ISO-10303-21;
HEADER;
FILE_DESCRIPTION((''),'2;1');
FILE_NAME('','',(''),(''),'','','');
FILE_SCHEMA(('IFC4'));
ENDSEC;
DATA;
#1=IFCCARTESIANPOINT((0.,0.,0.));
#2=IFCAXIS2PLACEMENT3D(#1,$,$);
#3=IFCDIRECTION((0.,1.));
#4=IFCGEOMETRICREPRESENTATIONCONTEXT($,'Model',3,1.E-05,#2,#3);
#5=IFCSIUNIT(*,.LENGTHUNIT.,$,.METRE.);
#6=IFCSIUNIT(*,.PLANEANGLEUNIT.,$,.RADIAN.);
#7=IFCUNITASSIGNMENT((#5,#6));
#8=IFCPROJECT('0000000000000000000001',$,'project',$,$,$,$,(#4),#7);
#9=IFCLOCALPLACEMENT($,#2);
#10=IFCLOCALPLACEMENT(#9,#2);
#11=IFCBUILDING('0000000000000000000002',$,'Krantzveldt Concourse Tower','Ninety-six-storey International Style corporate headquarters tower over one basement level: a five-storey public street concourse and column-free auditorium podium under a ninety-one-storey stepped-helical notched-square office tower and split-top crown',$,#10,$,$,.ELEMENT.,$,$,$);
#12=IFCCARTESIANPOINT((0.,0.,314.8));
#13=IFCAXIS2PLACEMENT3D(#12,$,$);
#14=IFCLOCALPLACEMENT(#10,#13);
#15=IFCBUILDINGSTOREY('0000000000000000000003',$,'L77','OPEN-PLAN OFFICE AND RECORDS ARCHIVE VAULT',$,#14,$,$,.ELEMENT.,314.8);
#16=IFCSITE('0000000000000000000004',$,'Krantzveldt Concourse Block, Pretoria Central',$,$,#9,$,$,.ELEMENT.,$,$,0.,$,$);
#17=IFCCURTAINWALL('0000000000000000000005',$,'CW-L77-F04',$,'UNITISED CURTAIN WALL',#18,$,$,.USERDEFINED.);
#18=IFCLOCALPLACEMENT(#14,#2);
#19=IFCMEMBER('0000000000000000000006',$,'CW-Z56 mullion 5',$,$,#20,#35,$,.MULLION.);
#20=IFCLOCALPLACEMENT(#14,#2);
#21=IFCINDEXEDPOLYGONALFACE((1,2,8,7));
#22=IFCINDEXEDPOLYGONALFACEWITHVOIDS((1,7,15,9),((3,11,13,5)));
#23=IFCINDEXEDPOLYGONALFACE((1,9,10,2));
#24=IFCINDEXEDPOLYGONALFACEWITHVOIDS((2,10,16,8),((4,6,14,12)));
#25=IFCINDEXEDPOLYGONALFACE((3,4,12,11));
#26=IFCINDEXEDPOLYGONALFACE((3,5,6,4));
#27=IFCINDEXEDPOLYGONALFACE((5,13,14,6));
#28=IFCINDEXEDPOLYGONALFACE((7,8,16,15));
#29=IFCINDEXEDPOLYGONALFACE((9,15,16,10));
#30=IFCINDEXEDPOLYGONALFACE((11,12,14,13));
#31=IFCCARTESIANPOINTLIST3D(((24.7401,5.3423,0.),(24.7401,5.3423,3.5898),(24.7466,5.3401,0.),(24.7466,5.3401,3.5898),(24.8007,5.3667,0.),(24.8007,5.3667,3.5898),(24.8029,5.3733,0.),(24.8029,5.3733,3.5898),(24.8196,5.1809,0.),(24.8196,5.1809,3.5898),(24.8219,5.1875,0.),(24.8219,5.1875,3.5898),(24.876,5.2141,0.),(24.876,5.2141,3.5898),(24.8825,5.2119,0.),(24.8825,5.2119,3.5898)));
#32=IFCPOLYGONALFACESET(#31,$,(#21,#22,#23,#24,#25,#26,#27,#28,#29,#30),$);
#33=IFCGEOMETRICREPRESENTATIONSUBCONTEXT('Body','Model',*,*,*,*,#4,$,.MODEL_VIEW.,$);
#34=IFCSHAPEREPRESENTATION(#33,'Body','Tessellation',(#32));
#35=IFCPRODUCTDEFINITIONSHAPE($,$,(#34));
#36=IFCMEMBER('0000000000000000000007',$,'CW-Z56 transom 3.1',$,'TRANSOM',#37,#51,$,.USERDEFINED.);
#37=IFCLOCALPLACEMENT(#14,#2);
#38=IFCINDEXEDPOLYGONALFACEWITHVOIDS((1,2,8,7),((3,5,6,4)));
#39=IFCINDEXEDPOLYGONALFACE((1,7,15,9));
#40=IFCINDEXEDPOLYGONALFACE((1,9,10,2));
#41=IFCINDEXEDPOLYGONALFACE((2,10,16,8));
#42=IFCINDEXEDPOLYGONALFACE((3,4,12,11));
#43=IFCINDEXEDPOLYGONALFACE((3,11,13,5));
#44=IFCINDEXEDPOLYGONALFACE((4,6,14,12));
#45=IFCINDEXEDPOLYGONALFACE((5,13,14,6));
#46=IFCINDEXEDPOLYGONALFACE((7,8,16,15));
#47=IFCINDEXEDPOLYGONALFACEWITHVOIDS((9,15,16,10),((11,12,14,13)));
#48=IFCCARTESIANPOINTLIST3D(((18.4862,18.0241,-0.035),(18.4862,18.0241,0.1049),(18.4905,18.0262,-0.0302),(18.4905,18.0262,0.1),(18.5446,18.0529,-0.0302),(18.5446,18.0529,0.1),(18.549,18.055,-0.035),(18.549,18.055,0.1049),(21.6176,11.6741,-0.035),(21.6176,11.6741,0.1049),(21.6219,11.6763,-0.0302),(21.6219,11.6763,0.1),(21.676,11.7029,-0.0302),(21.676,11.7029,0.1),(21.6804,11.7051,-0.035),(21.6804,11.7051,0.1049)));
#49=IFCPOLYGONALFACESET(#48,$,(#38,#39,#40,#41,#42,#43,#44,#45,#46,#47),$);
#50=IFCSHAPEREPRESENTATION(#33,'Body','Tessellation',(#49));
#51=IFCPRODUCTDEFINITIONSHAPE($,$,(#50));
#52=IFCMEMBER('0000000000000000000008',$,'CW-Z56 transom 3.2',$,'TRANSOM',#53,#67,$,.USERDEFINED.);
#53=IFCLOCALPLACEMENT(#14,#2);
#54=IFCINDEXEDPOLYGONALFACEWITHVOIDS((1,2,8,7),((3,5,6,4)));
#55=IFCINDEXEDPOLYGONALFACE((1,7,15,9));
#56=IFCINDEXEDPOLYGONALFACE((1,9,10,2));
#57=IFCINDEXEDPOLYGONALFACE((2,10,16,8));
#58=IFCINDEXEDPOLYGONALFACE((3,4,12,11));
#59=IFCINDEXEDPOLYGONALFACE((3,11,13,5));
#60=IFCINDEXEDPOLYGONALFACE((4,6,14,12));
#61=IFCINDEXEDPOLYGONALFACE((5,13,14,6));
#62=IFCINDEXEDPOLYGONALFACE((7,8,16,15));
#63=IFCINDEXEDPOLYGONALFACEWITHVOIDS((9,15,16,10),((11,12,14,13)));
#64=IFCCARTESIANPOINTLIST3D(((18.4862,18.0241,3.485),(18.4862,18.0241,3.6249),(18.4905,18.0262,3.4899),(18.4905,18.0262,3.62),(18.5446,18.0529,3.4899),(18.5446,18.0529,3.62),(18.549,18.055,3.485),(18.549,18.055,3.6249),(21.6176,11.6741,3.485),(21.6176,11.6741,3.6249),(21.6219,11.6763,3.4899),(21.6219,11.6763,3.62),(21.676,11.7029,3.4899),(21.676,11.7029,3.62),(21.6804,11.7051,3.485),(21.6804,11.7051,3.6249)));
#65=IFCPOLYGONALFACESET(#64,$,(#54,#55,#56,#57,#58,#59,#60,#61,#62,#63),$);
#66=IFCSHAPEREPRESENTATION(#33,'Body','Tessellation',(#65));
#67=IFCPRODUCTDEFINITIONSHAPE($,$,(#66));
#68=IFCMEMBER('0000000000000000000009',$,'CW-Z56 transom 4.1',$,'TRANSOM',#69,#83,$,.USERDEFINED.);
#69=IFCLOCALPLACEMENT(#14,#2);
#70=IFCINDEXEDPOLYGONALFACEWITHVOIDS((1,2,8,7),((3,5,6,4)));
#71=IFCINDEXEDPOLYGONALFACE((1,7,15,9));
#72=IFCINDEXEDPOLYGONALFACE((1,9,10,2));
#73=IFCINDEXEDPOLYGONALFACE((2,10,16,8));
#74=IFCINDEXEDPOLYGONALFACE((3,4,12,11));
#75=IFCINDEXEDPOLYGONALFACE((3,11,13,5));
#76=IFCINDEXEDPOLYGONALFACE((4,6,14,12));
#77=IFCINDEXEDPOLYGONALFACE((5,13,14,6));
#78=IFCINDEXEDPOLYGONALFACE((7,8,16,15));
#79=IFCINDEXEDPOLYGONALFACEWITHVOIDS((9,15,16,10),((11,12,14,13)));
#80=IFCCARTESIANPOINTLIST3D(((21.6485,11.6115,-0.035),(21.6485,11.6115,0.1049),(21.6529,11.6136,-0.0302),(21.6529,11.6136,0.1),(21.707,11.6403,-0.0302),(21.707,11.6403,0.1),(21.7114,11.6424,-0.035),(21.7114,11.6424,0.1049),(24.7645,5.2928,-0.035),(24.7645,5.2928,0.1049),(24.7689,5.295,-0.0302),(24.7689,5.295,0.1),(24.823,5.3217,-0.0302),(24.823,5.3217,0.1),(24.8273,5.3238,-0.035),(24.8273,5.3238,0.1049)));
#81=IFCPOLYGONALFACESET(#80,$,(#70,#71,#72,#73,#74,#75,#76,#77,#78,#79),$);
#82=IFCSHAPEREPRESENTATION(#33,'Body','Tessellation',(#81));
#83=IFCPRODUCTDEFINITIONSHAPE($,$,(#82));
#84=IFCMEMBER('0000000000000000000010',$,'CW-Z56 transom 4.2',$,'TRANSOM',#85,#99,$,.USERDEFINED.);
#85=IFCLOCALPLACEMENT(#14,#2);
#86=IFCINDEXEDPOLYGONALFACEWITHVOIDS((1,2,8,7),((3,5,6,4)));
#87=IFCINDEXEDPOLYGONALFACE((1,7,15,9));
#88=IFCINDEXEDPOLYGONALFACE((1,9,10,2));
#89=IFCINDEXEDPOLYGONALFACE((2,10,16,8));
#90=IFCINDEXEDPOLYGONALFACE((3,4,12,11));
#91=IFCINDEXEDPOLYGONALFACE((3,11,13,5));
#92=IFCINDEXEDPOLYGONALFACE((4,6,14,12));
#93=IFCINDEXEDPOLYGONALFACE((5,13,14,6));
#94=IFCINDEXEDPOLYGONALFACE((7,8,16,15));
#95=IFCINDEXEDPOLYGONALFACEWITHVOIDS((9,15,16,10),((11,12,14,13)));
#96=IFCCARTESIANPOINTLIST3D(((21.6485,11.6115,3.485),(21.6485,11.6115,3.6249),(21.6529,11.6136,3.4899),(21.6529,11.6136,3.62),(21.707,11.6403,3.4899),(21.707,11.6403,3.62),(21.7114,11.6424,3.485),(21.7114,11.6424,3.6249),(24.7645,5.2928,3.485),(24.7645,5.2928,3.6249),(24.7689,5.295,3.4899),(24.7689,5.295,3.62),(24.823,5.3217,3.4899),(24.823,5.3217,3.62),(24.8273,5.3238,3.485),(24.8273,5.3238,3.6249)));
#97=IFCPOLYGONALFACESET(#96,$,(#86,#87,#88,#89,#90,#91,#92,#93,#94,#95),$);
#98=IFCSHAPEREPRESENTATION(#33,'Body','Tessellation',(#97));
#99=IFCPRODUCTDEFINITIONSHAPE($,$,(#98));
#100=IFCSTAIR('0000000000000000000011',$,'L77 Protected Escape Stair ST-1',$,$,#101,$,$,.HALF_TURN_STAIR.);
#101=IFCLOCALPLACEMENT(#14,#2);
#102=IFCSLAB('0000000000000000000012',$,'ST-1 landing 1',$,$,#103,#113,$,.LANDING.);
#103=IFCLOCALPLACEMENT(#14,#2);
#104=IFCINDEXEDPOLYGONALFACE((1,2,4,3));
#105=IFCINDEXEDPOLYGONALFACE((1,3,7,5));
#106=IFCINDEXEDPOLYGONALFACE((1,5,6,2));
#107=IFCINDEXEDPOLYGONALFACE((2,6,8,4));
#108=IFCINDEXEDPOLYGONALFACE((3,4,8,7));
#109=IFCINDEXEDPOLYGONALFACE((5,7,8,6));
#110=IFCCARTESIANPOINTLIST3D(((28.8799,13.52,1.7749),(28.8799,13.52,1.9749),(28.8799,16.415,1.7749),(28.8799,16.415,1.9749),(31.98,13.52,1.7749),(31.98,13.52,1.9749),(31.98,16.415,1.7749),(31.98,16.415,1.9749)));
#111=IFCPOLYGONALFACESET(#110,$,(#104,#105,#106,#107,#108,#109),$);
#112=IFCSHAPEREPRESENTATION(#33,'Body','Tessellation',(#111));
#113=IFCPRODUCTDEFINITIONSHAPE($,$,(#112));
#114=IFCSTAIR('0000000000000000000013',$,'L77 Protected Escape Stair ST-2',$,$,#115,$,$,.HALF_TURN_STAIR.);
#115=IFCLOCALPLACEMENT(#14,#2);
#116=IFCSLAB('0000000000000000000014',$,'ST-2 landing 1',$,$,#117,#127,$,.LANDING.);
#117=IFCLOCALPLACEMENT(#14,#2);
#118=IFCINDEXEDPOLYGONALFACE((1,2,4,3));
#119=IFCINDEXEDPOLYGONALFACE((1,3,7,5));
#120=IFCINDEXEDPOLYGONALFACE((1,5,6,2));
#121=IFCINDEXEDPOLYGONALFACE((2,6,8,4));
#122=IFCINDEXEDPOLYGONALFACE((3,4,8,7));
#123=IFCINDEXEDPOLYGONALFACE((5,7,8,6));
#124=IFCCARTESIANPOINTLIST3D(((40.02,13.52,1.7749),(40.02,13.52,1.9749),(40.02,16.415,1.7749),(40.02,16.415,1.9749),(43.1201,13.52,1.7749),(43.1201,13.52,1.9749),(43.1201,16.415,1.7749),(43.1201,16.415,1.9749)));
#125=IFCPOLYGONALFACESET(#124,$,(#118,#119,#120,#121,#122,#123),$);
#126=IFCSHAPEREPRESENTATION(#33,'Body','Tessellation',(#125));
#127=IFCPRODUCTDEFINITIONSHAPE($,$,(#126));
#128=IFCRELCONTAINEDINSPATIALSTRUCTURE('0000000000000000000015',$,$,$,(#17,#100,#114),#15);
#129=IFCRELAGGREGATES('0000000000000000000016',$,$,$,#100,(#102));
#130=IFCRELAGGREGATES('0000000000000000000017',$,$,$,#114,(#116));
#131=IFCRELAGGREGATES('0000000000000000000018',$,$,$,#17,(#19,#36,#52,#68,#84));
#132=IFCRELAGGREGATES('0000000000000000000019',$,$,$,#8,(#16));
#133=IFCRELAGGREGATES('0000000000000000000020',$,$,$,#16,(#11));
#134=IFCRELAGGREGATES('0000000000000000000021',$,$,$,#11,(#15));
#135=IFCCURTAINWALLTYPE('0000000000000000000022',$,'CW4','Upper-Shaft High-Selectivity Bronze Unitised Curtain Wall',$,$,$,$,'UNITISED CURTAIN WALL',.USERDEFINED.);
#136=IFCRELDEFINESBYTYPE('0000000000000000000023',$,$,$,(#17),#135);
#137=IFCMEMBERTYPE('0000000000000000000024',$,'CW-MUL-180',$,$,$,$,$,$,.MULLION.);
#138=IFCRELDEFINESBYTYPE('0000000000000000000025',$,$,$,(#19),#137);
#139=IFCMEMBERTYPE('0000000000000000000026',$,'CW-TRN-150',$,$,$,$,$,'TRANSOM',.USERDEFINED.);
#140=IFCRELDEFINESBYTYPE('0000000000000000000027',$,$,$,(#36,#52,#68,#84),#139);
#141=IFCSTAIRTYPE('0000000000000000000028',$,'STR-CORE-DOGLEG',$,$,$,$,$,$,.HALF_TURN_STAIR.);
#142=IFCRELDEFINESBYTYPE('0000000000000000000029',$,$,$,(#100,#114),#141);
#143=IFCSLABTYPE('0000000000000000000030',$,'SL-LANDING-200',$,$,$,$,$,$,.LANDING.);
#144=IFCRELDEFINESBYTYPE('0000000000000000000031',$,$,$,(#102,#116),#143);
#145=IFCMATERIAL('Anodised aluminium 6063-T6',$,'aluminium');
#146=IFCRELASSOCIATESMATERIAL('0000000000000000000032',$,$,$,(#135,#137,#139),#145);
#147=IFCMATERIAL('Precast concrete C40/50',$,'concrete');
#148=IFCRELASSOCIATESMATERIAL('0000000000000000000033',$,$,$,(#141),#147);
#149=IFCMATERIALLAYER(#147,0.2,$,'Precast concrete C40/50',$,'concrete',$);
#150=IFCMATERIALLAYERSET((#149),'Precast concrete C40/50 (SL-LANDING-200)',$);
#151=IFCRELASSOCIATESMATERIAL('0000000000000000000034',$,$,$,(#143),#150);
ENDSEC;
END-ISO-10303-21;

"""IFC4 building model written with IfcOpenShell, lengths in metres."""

from ifc_helpers import new_model, si_unit, direction, frame, origin, origin_2d, place, context, subcontext, project, spatial, polyline, hollow_rectangle, outline, extrude, source, transform, mapped, material, layer, layer_set, material_profile, profile_set, type_object, type_shapes, element, aggregate, save


model = new_model("IFC4")

# Units and contexts
model_context = context("Model", 3, precision=1e-05, world=origin(), true_north=direction((0.0, 1.0)))
body_context = subcontext(model_context, "Body", "Model", "MODEL_VIEW")
ifc_project = project(units=[si_unit("LENGTHUNIT", "METRE"), si_unit("PLANEANGLEUNIT", "RADIAN")], contexts=[model_context])

# Site, building, storey
site_placement = place(None, origin())
site = spatial("IfcSite", under=ifc_project, at=site_placement, Name="Krantzveldt Concourse Block, Pretoria Central", CompositionType="ELEMENT", RefElevation=0.0)
building_placement = place(site_placement, origin())
building = spatial("IfcBuilding", under=site, at=building_placement, Name="Krantzveldt Concourse Tower", Description="Ninety-six-storey International Style corporate headquarters tower over one basement level: a five-storey public street concourse and column-free auditorium podium under a ninety-one-storey stepped-helical notched-square office tower and split-top crown", CompositionType="ELEMENT")
storey_placement = place(building_placement, frame((0.0, 0.0, 314.8)))
storey = spatial("IfcBuildingStorey", under=building, at=storey_placement, Name="L77", Description="OPEN-PLAN OFFICE AND RECORDS ARCHIVE VAULT", CompositionType="ELEMENT", Elevation=314.8)

# Curtain wall, members
ifc_material_1 = material(Name="Anodised aluminium 6063-T6", Category="aluminium")
curtain_wall_type = type_object("IfcCurtainWallType", Name="CW4", Description="Upper-Shaft High-Selectivity Bronze Unitised Curtain Wall", ElementType="UNITISED CURTAIN WALL", PredefinedType="USERDEFINED", material=ifc_material_1)
curtain_wall_placement = place(storey_placement, origin())
curtain_wall = element("IfcCurtainWall", 1, at=curtain_wall_placement, inside=storey, type_object=curtain_wall_type, Name="CW-L77-F04", ObjectType="UNITISED CURTAIN WALL", PredefinedType="USERDEFINED")
ifc_material_profile_1 = material_profile(ifc_material_1, hollow_rectangle(XDim=0.0701, YDim=0.1799, WallThickness=0.0049, at=origin_2d()), Name="Anodised aluminium 6063-T6", Category="aluminium")
ifc_profile_set_1 = profile_set([ifc_material_profile_1], Name="Anodised aluminium 6063-T6 - ALU-MULL 180x70x5")
member_type_1 = type_object("IfcMemberType", Name="CW-MUL-180", PredefinedType="MULLION", material=ifc_profile_set_1)
shared_shape_1 = source(origin(), body_context, "Body", "SweptSolid", [
    extrude(hollow_rectangle(XDim=0.0701, YDim=0.1799, WallThickness=0.0049, at=origin_2d()), origin(), (0.0, 0.0, 1.0), 3.5898),
])
type_shapes(member_type_1, [shared_shape_1])
member_1_placement = place(storey_placement, frame((24.8113, 5.2771, 0.0), z_axis=(0.0, 0.0, 1.0), x_axis=(0.896873, 0.442289, 0.0)))
member_1 = element("IfcMember", 2, at=member_1_placement, type_object=member_type_1, Name="CW-Z56 mullion 5", PredefinedType="MULLION", context=body_context, shape_type="MappedRepresentation", body=[
    mapped(shared_shape_1, transform((0.0, 0.0, 0.0), x_axis=(1.0, 0.0, 0.0), y_axis=(0.0, 1.0, 0.0), z_axis=(0.0, 0.0, 1.0), scale=1.0)),
])
ifc_material_profile_2 = material_profile(ifc_material_1, hollow_rectangle(XDim=0.0701, YDim=0.1399, WallThickness=0.0049, at=origin_2d()), Name="Anodised aluminium 6063-T6", Category="aluminium")
ifc_profile_set_2 = profile_set([ifc_material_profile_2], Name="Anodised aluminium 6063-T6 - ALU-TRAN 140x70x5")
member_type_2 = type_object("IfcMemberType", Name="CW-TRN-150", ElementType="TRANSOM", PredefinedType="USERDEFINED", material=ifc_profile_set_2)
shared_shape_2 = source(origin(), body_context, "Body", "SweptSolid", [
    extrude(hollow_rectangle(XDim=0.0701, YDim=0.1399, WallThickness=0.0049, at=origin_2d()), origin(), (0.0, 0.0, 1.0), 7.0801),
])
member_2_placement = place(storey_placement, frame((18.5176, 18.0396, 0.0349), z_axis=(0.442283, -0.896876, 0.0), x_axis=(0.896876, 0.442283, 0.0)))
member_2 = element("IfcMember", 3, at=member_2_placement, type_object=member_type_2, Name="CW-Z56 transom 3.1", ObjectType="TRANSOM", PredefinedType="USERDEFINED", context=body_context, shape_type="MappedRepresentation", body=[
    mapped(shared_shape_2, transform((0.0, 0.0, 0.0), x_axis=(1.0, 0.0, 0.0), y_axis=(0.0, 1.0, 0.0), z_axis=(0.0, 0.0, 1.0), scale=1.0)),
])
member_3_placement = place(storey_placement, frame((18.5176, 18.0396, 3.5549), z_axis=(0.442283, -0.896876, 0.0), x_axis=(0.896876, 0.442283, 0.0)))
member_3 = element("IfcMember", 4, at=member_3_placement, type_object=member_type_2, Name="CW-Z56 transom 3.2", ObjectType="TRANSOM", PredefinedType="USERDEFINED", context=body_context, shape_type="MappedRepresentation", body=[
    mapped(shared_shape_2, transform((0.0, 0.0, 0.0), x_axis=(1.0, 0.0, 0.0), y_axis=(0.0, 1.0, 0.0), z_axis=(0.0, 0.0, 1.0), scale=1.0)),
])
shared_shape_3 = source(origin(), body_context, "Body", "SweptSolid", [
    extrude(hollow_rectangle(XDim=0.0701, YDim=0.1399, WallThickness=0.0049, at=origin_2d()), origin(), (0.0, 0.0, 1.0), 7.0452),
])
type_shapes(member_type_2, [shared_shape_2, shared_shape_3])
member_4_placement = place(storey_placement, frame((21.6799, 11.627, 0.0349), z_axis=(0.442286, -0.896874, 0.0), x_axis=(0.896874, 0.442286, 0.0)))
member_4 = element("IfcMember", 5, at=member_4_placement, type_object=member_type_2, Name="CW-Z56 transom 4.1", ObjectType="TRANSOM", PredefinedType="USERDEFINED", context=body_context, shape_type="MappedRepresentation", body=[
    mapped(shared_shape_3, transform((0.0, 0.0, 0.0), x_axis=(1.0, 0.0, 0.0), y_axis=(0.0, 1.0, 0.0), z_axis=(0.0, 0.0, 1.0), scale=1.0)),
])
member_5_placement = place(storey_placement, frame((21.6799, 11.627, 3.5549), z_axis=(0.442286, -0.896874, 0.0), x_axis=(0.896874, 0.442286, 0.0)))
member_5 = element("IfcMember", 6, at=member_5_placement, type_object=member_type_2, Name="CW-Z56 transom 4.2", ObjectType="TRANSOM", PredefinedType="USERDEFINED", context=body_context, shape_type="MappedRepresentation", body=[
    mapped(shared_shape_3, transform((0.0, 0.0, 0.0), x_axis=(1.0, 0.0, 0.0), y_axis=(0.0, 1.0, 0.0), z_axis=(0.0, 0.0, 1.0), scale=1.0)),
])

# Stairs, slabs
ifc_material_2 = material(Name="Precast concrete C40/50", Category="concrete")
stair_type = type_object("IfcStairType", Name="STR-CORE-DOGLEG", PredefinedType="HALF_TURN_STAIR", material=ifc_material_2)
stair_1_placement = place(storey_placement, origin())
stair_1 = element("IfcStair", 7, at=stair_1_placement, inside=storey, type_object=stair_type, Name="L77 Protected Escape Stair ST-1", PredefinedType="HALF_TURN_STAIR")
ifc_layer_1 = layer(ifc_material_2, 0.2, Name="Precast concrete C40/50", Category="concrete")
ifc_layer_set_1 = layer_set([ifc_layer_1], Name="Precast concrete C40/50 (SL-LANDING-200)")
slab_type_1 = type_object("IfcSlabType", Name="SL-LANDING-200", PredefinedType="LANDING", material=ifc_layer_set_1)
slab_1_placement = place(storey_placement, frame((0.0, 0.0, 1.7749)))
slab_1 = element("IfcSlab", 8, at=slab_1_placement, type_object=slab_type_1, Name="ST-1 landing 1", PredefinedType="LANDING", context=body_context, shape_type="SweptSolid", body=[
    extrude(outline(polyline([(28.8799, 16.415), (28.8799, 13.52), (31.98, 13.52), (31.98, 16.415), (28.8799, 16.415)])), origin(), (0.0, 0.0, 1.0), 0.2),
])
aggregate(stair_1, [slab_1])
stair_2_placement = place(storey_placement, origin())
stair_2 = element("IfcStair", 9, at=stair_2_placement, inside=storey, type_object=stair_type, Name="L77 Protected Escape Stair ST-2", PredefinedType="HALF_TURN_STAIR")
slab_2_placement = place(storey_placement, frame((0.0, 0.0, 1.7749)))
slab_2 = element("IfcSlab", 10, at=slab_2_placement, type_object=slab_type_1, Name="ST-2 landing 1", PredefinedType="LANDING", context=body_context, shape_type="SweptSolid", body=[
    extrude(outline(polyline([(40.02, 16.415), (40.02, 13.52), (43.1201, 13.52), (43.1201, 16.415), (40.02, 16.415)])), origin(), (0.0, 0.0, 1.0), 0.2),
])
aggregate(stair_2, [slab_2])

aggregate(curtain_wall, [member_1, member_2, member_3, member_4, member_5])

save(model, "model.ifc")
